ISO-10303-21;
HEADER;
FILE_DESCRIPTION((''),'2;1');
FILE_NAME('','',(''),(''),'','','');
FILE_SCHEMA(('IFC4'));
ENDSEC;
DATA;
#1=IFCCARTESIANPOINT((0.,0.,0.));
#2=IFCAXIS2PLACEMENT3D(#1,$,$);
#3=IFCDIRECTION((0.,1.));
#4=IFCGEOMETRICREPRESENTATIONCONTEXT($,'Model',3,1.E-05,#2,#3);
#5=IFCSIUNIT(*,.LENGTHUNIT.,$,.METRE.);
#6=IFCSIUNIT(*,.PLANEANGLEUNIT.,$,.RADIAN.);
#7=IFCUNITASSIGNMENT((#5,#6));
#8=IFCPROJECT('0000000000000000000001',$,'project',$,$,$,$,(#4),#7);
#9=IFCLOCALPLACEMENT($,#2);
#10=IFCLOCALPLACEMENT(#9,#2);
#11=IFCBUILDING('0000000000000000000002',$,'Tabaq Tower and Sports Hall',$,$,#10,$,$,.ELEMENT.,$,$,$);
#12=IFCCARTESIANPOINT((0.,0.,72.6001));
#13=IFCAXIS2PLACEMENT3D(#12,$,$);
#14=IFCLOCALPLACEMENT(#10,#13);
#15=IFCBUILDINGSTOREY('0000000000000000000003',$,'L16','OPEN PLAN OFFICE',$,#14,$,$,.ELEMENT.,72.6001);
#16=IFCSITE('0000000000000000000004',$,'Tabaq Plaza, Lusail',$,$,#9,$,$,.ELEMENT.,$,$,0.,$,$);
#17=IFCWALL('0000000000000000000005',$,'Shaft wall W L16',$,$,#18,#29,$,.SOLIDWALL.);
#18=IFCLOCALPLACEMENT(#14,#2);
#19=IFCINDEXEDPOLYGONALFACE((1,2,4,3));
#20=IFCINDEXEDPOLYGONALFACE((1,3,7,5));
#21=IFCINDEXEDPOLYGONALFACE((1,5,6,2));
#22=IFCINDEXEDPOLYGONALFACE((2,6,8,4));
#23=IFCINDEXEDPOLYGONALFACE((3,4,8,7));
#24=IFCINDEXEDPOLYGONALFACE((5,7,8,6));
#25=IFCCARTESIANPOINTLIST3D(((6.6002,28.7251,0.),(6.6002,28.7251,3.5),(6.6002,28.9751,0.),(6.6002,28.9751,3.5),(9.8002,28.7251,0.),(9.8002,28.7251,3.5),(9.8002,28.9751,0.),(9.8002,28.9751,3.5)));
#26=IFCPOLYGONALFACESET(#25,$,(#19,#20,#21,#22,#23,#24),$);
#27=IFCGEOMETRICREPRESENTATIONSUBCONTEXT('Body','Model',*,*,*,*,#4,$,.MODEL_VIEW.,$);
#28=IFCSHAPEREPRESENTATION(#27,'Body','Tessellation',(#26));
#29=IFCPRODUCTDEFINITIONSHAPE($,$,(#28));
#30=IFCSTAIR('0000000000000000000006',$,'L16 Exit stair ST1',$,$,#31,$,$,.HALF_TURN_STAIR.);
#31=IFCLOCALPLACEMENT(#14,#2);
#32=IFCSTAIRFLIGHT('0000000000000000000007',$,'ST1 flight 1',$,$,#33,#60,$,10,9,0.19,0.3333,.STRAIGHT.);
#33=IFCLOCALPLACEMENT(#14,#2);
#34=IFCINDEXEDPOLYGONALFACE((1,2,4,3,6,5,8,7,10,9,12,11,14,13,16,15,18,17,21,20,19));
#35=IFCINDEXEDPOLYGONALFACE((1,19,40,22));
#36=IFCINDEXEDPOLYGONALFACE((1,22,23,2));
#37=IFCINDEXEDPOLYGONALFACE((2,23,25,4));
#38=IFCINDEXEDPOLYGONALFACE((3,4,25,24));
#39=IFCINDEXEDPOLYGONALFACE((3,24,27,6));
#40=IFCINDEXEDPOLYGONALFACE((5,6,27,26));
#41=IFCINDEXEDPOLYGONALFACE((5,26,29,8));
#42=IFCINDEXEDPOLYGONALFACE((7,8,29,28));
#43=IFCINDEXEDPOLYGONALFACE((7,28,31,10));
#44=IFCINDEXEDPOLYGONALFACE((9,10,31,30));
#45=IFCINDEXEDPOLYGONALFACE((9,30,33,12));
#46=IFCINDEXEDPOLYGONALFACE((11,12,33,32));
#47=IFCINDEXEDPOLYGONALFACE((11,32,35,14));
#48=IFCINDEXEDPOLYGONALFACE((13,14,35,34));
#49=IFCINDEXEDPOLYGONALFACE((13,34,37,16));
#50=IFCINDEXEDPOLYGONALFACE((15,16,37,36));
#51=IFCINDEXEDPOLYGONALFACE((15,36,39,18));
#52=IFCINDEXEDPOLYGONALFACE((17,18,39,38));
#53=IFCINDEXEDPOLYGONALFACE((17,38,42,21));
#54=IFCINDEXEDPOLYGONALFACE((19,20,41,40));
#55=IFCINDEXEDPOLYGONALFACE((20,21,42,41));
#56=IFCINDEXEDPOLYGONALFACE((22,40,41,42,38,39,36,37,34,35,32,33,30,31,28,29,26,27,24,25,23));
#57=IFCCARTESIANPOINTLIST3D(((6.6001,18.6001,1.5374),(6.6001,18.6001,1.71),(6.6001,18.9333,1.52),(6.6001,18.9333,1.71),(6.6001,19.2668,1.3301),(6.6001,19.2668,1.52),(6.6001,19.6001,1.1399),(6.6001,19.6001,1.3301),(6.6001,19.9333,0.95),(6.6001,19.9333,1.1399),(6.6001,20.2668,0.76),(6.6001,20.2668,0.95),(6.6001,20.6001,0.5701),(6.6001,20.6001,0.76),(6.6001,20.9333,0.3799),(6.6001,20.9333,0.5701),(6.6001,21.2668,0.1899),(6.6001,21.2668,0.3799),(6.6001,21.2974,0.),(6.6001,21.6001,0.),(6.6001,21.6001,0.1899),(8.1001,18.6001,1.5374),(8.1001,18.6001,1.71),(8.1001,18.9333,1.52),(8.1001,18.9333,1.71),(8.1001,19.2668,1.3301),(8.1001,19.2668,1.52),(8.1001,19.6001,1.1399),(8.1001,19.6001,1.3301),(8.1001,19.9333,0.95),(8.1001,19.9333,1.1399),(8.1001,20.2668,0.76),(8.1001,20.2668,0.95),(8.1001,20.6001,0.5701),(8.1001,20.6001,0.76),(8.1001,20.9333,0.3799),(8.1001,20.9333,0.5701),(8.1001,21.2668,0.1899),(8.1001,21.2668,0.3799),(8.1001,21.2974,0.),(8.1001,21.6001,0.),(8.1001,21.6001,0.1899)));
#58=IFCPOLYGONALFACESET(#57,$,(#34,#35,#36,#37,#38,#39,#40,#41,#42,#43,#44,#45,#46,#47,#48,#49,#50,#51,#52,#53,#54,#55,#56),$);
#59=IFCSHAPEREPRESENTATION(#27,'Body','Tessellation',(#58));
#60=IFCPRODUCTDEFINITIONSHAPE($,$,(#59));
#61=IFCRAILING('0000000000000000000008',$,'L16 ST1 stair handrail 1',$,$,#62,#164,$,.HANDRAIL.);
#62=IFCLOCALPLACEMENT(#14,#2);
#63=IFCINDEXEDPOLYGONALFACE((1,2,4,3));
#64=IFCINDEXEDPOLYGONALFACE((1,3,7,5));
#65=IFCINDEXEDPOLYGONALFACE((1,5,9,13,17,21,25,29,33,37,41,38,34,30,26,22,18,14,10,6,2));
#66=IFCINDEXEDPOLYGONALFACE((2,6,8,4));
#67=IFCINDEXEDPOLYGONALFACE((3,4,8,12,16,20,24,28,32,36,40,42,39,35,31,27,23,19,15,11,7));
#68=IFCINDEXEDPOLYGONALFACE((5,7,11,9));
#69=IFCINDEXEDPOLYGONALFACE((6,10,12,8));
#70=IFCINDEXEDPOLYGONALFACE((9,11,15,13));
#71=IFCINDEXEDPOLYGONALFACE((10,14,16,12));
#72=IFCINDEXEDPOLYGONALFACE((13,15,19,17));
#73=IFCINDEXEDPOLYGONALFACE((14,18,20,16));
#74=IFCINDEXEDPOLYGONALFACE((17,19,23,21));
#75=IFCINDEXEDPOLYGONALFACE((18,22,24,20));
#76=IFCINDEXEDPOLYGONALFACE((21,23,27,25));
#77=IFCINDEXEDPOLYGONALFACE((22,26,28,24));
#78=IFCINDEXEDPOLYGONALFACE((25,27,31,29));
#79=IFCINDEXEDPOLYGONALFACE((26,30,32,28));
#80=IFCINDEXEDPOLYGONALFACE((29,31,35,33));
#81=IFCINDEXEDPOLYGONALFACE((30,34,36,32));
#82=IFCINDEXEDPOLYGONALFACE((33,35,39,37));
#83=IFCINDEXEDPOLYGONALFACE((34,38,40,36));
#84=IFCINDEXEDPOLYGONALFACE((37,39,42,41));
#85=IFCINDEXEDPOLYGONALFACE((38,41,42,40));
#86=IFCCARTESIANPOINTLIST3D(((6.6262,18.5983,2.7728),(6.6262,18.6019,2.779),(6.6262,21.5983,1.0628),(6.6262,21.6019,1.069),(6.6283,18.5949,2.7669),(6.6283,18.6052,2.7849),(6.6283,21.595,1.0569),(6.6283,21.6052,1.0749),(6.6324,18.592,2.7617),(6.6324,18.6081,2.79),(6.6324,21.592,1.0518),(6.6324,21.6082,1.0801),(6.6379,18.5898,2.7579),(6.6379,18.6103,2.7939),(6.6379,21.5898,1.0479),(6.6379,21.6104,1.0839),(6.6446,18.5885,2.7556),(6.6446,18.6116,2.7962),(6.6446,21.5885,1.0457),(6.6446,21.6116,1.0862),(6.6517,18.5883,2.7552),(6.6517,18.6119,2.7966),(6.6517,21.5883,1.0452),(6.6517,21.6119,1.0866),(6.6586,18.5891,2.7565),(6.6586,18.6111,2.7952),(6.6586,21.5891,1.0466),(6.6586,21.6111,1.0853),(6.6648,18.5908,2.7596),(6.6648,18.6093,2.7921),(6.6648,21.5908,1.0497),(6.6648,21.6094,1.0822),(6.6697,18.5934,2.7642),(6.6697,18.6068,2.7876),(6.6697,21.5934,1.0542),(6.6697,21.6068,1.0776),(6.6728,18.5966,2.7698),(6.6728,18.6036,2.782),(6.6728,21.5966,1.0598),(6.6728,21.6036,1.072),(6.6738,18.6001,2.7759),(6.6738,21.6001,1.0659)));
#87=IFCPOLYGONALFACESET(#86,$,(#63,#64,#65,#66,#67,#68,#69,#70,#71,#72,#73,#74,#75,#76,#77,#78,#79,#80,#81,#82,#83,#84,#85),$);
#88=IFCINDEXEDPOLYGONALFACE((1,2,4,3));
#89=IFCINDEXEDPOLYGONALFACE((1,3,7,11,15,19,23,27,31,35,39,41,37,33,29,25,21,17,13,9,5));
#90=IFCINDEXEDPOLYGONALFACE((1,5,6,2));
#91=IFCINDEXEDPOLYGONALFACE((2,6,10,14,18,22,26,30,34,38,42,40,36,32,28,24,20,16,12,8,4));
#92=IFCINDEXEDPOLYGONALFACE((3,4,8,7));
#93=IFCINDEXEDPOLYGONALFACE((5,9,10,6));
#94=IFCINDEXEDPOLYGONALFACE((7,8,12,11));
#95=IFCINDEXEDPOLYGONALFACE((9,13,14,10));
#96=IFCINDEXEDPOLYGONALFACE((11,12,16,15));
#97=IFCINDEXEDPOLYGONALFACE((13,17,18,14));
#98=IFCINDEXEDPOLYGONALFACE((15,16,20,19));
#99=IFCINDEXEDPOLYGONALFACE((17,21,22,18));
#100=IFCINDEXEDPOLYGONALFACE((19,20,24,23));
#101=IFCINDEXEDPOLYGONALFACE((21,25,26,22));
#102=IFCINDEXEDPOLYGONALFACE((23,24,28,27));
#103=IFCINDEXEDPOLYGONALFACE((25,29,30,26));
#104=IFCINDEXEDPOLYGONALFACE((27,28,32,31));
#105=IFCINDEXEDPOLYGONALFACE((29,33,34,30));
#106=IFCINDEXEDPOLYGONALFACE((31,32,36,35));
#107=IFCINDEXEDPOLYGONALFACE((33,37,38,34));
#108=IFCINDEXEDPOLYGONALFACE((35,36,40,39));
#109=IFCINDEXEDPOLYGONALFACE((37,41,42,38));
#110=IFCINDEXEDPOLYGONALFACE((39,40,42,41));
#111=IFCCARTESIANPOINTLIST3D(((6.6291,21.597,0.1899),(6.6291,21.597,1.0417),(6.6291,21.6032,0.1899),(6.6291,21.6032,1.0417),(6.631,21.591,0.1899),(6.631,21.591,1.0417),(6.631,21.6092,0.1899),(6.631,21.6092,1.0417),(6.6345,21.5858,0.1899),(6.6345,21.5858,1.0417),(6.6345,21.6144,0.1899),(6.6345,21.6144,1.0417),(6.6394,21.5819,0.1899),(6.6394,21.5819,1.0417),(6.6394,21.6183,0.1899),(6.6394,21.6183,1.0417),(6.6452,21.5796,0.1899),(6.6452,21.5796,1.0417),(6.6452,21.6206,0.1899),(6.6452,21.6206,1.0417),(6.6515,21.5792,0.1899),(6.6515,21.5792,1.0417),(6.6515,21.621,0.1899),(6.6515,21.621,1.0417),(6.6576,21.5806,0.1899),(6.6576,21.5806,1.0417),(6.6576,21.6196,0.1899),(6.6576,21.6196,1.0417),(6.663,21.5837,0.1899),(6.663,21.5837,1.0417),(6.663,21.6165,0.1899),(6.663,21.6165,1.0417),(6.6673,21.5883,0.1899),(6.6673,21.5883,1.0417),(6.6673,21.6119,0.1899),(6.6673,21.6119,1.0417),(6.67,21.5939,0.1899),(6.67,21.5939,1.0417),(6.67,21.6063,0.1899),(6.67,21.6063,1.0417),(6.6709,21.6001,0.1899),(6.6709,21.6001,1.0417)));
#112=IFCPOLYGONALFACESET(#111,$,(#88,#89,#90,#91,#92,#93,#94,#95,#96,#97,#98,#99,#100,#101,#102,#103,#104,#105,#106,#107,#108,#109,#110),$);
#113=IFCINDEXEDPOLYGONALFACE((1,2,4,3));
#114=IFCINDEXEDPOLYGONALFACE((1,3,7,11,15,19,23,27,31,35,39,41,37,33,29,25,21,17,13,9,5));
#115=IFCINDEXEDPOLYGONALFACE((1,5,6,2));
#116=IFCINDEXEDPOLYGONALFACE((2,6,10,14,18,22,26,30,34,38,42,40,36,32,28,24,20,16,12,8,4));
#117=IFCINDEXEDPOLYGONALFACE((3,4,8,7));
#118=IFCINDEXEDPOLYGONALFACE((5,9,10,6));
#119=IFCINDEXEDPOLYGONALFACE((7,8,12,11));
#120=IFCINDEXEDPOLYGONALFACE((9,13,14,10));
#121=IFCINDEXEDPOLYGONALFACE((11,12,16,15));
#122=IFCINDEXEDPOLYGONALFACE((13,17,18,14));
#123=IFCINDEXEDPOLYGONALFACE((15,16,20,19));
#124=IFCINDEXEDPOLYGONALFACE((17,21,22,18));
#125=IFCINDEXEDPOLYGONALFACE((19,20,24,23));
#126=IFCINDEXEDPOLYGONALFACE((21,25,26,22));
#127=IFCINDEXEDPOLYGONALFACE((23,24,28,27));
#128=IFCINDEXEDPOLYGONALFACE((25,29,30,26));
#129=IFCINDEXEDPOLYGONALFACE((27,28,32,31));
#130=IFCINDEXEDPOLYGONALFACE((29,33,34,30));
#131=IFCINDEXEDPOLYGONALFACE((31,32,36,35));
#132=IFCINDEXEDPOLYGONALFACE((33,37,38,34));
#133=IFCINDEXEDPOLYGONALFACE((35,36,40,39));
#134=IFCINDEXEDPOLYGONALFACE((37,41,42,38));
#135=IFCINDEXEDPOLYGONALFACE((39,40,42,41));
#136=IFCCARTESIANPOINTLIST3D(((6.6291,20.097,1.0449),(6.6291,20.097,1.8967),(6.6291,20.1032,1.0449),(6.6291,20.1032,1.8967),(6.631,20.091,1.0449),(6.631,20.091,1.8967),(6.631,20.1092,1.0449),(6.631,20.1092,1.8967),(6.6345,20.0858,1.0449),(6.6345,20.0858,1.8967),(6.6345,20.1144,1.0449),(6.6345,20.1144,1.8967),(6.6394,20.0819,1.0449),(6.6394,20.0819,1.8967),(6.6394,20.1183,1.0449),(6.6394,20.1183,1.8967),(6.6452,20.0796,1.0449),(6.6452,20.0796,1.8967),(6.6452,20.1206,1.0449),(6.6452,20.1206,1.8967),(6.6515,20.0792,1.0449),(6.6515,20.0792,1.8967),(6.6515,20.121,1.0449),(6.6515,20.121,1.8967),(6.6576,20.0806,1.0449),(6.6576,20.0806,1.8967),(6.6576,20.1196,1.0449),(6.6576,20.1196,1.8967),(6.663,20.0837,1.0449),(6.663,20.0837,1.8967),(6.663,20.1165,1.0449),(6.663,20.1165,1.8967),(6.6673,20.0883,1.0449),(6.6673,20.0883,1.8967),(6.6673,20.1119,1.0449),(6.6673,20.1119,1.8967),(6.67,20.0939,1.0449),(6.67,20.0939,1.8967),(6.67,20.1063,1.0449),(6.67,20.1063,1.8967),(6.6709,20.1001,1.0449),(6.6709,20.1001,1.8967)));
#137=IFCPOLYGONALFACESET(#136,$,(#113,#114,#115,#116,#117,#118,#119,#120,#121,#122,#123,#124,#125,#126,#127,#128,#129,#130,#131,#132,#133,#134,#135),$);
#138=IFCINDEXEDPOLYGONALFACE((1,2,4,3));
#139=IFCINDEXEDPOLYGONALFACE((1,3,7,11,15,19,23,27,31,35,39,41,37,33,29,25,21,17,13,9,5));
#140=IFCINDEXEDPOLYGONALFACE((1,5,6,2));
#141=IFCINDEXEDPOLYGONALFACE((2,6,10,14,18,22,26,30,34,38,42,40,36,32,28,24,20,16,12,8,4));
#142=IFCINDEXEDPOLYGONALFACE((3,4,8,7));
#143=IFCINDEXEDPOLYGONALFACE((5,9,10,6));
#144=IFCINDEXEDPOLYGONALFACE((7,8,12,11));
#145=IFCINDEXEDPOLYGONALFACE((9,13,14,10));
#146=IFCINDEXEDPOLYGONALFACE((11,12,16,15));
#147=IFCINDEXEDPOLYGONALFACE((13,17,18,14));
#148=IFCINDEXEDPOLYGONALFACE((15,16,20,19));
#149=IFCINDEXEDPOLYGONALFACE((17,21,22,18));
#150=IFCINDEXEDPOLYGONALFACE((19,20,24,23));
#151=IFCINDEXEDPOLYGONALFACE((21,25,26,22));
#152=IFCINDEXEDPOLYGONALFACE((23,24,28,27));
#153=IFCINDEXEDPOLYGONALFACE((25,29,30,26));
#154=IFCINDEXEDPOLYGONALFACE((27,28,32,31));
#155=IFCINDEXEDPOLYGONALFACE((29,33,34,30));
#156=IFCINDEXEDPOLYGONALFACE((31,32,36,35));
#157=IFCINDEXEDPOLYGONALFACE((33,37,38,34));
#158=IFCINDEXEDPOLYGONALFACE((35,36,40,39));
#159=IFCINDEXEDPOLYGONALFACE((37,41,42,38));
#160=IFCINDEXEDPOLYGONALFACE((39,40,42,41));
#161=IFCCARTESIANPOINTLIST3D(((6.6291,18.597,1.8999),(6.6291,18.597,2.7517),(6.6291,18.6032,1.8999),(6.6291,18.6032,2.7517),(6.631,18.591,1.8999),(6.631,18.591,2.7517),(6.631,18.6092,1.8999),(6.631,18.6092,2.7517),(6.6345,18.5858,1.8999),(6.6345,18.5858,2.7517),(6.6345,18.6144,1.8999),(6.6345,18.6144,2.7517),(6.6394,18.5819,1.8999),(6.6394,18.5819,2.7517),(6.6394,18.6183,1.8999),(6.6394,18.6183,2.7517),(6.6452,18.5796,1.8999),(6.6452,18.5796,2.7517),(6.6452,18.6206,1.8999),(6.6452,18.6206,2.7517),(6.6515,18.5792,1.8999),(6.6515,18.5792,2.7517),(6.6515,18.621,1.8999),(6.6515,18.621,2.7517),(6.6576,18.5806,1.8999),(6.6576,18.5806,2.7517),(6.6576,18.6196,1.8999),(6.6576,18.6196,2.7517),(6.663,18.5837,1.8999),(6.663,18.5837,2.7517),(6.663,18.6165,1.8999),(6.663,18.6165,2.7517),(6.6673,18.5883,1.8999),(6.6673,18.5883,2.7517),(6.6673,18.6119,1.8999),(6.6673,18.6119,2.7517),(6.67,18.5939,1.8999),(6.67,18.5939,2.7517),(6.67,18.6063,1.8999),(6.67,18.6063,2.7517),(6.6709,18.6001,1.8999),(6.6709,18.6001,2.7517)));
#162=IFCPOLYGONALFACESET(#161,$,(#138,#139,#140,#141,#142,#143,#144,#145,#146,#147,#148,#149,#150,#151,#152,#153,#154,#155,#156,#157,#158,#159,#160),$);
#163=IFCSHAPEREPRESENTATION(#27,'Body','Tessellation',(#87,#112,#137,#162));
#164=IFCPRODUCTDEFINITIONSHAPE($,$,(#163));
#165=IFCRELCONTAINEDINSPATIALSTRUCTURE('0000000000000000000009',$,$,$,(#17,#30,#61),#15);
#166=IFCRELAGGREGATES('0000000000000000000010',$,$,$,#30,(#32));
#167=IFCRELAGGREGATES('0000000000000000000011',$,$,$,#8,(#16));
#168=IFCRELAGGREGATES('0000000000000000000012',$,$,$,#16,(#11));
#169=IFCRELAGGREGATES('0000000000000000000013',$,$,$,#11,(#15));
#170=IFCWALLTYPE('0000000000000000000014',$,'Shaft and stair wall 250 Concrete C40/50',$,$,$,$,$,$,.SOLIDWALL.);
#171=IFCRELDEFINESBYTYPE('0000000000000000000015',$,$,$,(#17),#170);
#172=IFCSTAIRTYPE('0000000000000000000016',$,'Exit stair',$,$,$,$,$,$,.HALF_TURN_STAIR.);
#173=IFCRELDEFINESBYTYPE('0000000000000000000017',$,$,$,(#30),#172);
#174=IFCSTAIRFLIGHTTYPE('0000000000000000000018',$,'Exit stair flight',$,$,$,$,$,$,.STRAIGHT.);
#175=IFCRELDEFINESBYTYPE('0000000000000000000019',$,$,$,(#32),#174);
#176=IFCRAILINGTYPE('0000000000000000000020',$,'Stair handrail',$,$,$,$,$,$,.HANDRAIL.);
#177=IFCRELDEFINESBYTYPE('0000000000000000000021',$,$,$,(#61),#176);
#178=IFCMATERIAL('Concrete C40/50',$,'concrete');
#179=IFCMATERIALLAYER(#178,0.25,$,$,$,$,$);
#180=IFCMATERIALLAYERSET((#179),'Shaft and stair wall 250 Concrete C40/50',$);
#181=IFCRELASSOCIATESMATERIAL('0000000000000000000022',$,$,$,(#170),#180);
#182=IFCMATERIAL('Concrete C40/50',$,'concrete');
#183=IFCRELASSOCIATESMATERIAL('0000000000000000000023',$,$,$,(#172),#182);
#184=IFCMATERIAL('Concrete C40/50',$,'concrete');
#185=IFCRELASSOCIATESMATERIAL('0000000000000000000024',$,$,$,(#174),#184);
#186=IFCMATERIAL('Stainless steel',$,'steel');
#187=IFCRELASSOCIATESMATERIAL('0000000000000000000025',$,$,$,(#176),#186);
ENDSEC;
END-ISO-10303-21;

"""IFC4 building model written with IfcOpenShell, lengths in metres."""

from ifc_helpers import new_model, si_unit, direction, frame, frame_2d, origin, origin_2d, place, context, subcontext, project, spatial, polyline, rectangle, circle, outline, extrude, material, layer, layer_set, type_object, element, aggregate, save


model = new_model("IFC4")

# Units and contexts
model_context = context("Model", 3, precision=1e-05, world=origin(), true_north=direction((0.0, 1.0)))
body_context = subcontext(model_context, "Body", "Model", "MODEL_VIEW")
ifc_project = project(units=[si_unit("LENGTHUNIT", "METRE"), si_unit("PLANEANGLEUNIT", "RADIAN")], contexts=[model_context])

# Site, building, storey
site_placement = place(None, origin())
site = spatial("IfcSite", under=ifc_project, at=site_placement, Name="Tabaq Plaza, Lusail", CompositionType="ELEMENT", RefElevation=0.0)
building_placement = place(site_placement, origin())
building = spatial("IfcBuilding", under=site, at=building_placement, Name="Tabaq Tower and Sports Hall", CompositionType="ELEMENT")
storey_placement = place(building_placement, frame((0.0, 0.0, 72.6001)))
storey = spatial("IfcBuildingStorey", under=building, at=storey_placement, Name="L16", Description="OPEN PLAN OFFICE", CompositionType="ELEMENT", Elevation=72.6001)

# Shared definitions
ifc_material_1 = material(Name="Concrete C40/50", Category="concrete")
ifc_layer_1 = layer(ifc_material_1, 0.25)
ifc_layer_set_1 = layer_set([ifc_layer_1], Name="Shaft and stair wall 250 Concrete C40/50")
wall_type_1 = type_object("IfcWallType", Name="Shaft and stair wall 250 Concrete C40/50", PredefinedType="SOLIDWALL", material=ifc_layer_set_1)

# Wall
wall_1_placement = place(storey_placement, frame((6.6001, 28.8501, 0.0), z_axis=(0.0, 0.0, 1.0), x_axis=(1.0, 0.0, 0.0)))
element("IfcWall", 1, at=wall_1_placement, inside=storey, type_object=wall_type_1, Name="Shaft wall W L16", PredefinedType="SOLIDWALL", context=body_context, shape_type="SweptSolid", body=[
    extrude(rectangle(XDim=3.2, YDim=0.25, at=frame_2d((1.6001, 0.0))), origin(), (0.0, 0.0, 1.0), 3.5),
])

# Stair, stair flight
ifc_material_2 = material(Name="Concrete C40/50", Category="concrete")
stair_type = type_object("IfcStairType", Name="Exit stair", PredefinedType="HALF_TURN_STAIR", material=ifc_material_2)
stair_placement = place(storey_placement, origin())
stair = element("IfcStair", 2, at=stair_placement, inside=storey, type_object=stair_type, Name="L16 Exit stair ST1", PredefinedType="HALF_TURN_STAIR")
ifc_material_3 = material(Name="Concrete C40/50", Category="concrete")
stair_flight_type = type_object("IfcStairFlightType", Name="Exit stair flight", PredefinedType="STRAIGHT", material=ifc_material_3)
stair_flight_placement = place(storey_placement, frame((7.3501, 21.6001, 0.0), z_axis=(0.0, 0.0, 1.0), x_axis=(0.0, -1.0, 0.0)))
stair_flight = element("IfcStairFlight", 3, at=stair_flight_placement, type_object=stair_flight_type, Name="ST1 flight 1", NumberOfRisers=10, NumberOfTreads=9, PredefinedType="STRAIGHT", RiserHeight=0.19, TreadLength=0.3333, context=body_context, shape_type="SweptSolid", body=[
    extrude(outline(polyline([(0.0, 0.0), (0.0, 0.1899), (0.3333, 0.1899), (0.3333, 0.3799), (0.6667, 0.3799), (0.6667, 0.5701), (1.0, 0.5701), (1.0, 0.76), (1.3333, 0.76), (1.3333, 0.95), (1.6667, 0.95), (1.6667, 1.1399), (2.0, 1.1399), (2.0, 1.3301), (2.3333, 1.3301), (2.3333, 1.52), (2.6667, 1.52), (2.6667, 1.71), (3.0, 1.71), (3.0, 1.8999), (3.0, 1.5374), (0.3027, 0.0), (0.0, 0.0)])), frame((0.0, 0.75, 0.0), z_axis=(0.0, -1.0, 0.0), x_axis=(1.0, 0.0, 0.0)), (0.0, 0.0, 1.0), 1.5),
])
aggregate(stair, [stair_flight])

# Railing
ifc_material_4 = material(Name="Stainless steel", Category="steel")
railing_type_1 = type_object("IfcRailingType", Name="Stair handrail", PredefinedType="HANDRAIL", material=ifc_material_4)
railing_1_placement = place(storey_placement, frame((6.6499, 21.6001, 0.1899)))
element("IfcRailing", 4, at=railing_1_placement, inside=storey, type_object=railing_type_1, Name="L16 ST1 stair handrail 1", PredefinedType="HANDRAIL", context=body_context, shape_type="SweptSolid", body=[
    extrude(circle(Radius=0.0239, at=origin_2d()), frame((0.0, 0.0, 0.876), z_axis=(0.0, -0.868782, 0.495195), x_axis=(1.0, 0.0, 0.0)), (0.0, 0.0, 1.0), 3.4531),
    extrude(circle(Radius=0.021, at=origin_2d()), origin(), (0.0, 0.0, 1.0), 0.8518),
    extrude(circle(Radius=0.021, at=origin_2d()), frame((0.0, -1.5, 0.855)), (0.0, 0.0, 1.0), 0.8518),
    extrude(circle(Radius=0.021, at=origin_2d()), frame((0.0, -3.0, 1.71)), (0.0, 0.0, 1.0), 0.8518),
])

save(model, "model.ifc")
